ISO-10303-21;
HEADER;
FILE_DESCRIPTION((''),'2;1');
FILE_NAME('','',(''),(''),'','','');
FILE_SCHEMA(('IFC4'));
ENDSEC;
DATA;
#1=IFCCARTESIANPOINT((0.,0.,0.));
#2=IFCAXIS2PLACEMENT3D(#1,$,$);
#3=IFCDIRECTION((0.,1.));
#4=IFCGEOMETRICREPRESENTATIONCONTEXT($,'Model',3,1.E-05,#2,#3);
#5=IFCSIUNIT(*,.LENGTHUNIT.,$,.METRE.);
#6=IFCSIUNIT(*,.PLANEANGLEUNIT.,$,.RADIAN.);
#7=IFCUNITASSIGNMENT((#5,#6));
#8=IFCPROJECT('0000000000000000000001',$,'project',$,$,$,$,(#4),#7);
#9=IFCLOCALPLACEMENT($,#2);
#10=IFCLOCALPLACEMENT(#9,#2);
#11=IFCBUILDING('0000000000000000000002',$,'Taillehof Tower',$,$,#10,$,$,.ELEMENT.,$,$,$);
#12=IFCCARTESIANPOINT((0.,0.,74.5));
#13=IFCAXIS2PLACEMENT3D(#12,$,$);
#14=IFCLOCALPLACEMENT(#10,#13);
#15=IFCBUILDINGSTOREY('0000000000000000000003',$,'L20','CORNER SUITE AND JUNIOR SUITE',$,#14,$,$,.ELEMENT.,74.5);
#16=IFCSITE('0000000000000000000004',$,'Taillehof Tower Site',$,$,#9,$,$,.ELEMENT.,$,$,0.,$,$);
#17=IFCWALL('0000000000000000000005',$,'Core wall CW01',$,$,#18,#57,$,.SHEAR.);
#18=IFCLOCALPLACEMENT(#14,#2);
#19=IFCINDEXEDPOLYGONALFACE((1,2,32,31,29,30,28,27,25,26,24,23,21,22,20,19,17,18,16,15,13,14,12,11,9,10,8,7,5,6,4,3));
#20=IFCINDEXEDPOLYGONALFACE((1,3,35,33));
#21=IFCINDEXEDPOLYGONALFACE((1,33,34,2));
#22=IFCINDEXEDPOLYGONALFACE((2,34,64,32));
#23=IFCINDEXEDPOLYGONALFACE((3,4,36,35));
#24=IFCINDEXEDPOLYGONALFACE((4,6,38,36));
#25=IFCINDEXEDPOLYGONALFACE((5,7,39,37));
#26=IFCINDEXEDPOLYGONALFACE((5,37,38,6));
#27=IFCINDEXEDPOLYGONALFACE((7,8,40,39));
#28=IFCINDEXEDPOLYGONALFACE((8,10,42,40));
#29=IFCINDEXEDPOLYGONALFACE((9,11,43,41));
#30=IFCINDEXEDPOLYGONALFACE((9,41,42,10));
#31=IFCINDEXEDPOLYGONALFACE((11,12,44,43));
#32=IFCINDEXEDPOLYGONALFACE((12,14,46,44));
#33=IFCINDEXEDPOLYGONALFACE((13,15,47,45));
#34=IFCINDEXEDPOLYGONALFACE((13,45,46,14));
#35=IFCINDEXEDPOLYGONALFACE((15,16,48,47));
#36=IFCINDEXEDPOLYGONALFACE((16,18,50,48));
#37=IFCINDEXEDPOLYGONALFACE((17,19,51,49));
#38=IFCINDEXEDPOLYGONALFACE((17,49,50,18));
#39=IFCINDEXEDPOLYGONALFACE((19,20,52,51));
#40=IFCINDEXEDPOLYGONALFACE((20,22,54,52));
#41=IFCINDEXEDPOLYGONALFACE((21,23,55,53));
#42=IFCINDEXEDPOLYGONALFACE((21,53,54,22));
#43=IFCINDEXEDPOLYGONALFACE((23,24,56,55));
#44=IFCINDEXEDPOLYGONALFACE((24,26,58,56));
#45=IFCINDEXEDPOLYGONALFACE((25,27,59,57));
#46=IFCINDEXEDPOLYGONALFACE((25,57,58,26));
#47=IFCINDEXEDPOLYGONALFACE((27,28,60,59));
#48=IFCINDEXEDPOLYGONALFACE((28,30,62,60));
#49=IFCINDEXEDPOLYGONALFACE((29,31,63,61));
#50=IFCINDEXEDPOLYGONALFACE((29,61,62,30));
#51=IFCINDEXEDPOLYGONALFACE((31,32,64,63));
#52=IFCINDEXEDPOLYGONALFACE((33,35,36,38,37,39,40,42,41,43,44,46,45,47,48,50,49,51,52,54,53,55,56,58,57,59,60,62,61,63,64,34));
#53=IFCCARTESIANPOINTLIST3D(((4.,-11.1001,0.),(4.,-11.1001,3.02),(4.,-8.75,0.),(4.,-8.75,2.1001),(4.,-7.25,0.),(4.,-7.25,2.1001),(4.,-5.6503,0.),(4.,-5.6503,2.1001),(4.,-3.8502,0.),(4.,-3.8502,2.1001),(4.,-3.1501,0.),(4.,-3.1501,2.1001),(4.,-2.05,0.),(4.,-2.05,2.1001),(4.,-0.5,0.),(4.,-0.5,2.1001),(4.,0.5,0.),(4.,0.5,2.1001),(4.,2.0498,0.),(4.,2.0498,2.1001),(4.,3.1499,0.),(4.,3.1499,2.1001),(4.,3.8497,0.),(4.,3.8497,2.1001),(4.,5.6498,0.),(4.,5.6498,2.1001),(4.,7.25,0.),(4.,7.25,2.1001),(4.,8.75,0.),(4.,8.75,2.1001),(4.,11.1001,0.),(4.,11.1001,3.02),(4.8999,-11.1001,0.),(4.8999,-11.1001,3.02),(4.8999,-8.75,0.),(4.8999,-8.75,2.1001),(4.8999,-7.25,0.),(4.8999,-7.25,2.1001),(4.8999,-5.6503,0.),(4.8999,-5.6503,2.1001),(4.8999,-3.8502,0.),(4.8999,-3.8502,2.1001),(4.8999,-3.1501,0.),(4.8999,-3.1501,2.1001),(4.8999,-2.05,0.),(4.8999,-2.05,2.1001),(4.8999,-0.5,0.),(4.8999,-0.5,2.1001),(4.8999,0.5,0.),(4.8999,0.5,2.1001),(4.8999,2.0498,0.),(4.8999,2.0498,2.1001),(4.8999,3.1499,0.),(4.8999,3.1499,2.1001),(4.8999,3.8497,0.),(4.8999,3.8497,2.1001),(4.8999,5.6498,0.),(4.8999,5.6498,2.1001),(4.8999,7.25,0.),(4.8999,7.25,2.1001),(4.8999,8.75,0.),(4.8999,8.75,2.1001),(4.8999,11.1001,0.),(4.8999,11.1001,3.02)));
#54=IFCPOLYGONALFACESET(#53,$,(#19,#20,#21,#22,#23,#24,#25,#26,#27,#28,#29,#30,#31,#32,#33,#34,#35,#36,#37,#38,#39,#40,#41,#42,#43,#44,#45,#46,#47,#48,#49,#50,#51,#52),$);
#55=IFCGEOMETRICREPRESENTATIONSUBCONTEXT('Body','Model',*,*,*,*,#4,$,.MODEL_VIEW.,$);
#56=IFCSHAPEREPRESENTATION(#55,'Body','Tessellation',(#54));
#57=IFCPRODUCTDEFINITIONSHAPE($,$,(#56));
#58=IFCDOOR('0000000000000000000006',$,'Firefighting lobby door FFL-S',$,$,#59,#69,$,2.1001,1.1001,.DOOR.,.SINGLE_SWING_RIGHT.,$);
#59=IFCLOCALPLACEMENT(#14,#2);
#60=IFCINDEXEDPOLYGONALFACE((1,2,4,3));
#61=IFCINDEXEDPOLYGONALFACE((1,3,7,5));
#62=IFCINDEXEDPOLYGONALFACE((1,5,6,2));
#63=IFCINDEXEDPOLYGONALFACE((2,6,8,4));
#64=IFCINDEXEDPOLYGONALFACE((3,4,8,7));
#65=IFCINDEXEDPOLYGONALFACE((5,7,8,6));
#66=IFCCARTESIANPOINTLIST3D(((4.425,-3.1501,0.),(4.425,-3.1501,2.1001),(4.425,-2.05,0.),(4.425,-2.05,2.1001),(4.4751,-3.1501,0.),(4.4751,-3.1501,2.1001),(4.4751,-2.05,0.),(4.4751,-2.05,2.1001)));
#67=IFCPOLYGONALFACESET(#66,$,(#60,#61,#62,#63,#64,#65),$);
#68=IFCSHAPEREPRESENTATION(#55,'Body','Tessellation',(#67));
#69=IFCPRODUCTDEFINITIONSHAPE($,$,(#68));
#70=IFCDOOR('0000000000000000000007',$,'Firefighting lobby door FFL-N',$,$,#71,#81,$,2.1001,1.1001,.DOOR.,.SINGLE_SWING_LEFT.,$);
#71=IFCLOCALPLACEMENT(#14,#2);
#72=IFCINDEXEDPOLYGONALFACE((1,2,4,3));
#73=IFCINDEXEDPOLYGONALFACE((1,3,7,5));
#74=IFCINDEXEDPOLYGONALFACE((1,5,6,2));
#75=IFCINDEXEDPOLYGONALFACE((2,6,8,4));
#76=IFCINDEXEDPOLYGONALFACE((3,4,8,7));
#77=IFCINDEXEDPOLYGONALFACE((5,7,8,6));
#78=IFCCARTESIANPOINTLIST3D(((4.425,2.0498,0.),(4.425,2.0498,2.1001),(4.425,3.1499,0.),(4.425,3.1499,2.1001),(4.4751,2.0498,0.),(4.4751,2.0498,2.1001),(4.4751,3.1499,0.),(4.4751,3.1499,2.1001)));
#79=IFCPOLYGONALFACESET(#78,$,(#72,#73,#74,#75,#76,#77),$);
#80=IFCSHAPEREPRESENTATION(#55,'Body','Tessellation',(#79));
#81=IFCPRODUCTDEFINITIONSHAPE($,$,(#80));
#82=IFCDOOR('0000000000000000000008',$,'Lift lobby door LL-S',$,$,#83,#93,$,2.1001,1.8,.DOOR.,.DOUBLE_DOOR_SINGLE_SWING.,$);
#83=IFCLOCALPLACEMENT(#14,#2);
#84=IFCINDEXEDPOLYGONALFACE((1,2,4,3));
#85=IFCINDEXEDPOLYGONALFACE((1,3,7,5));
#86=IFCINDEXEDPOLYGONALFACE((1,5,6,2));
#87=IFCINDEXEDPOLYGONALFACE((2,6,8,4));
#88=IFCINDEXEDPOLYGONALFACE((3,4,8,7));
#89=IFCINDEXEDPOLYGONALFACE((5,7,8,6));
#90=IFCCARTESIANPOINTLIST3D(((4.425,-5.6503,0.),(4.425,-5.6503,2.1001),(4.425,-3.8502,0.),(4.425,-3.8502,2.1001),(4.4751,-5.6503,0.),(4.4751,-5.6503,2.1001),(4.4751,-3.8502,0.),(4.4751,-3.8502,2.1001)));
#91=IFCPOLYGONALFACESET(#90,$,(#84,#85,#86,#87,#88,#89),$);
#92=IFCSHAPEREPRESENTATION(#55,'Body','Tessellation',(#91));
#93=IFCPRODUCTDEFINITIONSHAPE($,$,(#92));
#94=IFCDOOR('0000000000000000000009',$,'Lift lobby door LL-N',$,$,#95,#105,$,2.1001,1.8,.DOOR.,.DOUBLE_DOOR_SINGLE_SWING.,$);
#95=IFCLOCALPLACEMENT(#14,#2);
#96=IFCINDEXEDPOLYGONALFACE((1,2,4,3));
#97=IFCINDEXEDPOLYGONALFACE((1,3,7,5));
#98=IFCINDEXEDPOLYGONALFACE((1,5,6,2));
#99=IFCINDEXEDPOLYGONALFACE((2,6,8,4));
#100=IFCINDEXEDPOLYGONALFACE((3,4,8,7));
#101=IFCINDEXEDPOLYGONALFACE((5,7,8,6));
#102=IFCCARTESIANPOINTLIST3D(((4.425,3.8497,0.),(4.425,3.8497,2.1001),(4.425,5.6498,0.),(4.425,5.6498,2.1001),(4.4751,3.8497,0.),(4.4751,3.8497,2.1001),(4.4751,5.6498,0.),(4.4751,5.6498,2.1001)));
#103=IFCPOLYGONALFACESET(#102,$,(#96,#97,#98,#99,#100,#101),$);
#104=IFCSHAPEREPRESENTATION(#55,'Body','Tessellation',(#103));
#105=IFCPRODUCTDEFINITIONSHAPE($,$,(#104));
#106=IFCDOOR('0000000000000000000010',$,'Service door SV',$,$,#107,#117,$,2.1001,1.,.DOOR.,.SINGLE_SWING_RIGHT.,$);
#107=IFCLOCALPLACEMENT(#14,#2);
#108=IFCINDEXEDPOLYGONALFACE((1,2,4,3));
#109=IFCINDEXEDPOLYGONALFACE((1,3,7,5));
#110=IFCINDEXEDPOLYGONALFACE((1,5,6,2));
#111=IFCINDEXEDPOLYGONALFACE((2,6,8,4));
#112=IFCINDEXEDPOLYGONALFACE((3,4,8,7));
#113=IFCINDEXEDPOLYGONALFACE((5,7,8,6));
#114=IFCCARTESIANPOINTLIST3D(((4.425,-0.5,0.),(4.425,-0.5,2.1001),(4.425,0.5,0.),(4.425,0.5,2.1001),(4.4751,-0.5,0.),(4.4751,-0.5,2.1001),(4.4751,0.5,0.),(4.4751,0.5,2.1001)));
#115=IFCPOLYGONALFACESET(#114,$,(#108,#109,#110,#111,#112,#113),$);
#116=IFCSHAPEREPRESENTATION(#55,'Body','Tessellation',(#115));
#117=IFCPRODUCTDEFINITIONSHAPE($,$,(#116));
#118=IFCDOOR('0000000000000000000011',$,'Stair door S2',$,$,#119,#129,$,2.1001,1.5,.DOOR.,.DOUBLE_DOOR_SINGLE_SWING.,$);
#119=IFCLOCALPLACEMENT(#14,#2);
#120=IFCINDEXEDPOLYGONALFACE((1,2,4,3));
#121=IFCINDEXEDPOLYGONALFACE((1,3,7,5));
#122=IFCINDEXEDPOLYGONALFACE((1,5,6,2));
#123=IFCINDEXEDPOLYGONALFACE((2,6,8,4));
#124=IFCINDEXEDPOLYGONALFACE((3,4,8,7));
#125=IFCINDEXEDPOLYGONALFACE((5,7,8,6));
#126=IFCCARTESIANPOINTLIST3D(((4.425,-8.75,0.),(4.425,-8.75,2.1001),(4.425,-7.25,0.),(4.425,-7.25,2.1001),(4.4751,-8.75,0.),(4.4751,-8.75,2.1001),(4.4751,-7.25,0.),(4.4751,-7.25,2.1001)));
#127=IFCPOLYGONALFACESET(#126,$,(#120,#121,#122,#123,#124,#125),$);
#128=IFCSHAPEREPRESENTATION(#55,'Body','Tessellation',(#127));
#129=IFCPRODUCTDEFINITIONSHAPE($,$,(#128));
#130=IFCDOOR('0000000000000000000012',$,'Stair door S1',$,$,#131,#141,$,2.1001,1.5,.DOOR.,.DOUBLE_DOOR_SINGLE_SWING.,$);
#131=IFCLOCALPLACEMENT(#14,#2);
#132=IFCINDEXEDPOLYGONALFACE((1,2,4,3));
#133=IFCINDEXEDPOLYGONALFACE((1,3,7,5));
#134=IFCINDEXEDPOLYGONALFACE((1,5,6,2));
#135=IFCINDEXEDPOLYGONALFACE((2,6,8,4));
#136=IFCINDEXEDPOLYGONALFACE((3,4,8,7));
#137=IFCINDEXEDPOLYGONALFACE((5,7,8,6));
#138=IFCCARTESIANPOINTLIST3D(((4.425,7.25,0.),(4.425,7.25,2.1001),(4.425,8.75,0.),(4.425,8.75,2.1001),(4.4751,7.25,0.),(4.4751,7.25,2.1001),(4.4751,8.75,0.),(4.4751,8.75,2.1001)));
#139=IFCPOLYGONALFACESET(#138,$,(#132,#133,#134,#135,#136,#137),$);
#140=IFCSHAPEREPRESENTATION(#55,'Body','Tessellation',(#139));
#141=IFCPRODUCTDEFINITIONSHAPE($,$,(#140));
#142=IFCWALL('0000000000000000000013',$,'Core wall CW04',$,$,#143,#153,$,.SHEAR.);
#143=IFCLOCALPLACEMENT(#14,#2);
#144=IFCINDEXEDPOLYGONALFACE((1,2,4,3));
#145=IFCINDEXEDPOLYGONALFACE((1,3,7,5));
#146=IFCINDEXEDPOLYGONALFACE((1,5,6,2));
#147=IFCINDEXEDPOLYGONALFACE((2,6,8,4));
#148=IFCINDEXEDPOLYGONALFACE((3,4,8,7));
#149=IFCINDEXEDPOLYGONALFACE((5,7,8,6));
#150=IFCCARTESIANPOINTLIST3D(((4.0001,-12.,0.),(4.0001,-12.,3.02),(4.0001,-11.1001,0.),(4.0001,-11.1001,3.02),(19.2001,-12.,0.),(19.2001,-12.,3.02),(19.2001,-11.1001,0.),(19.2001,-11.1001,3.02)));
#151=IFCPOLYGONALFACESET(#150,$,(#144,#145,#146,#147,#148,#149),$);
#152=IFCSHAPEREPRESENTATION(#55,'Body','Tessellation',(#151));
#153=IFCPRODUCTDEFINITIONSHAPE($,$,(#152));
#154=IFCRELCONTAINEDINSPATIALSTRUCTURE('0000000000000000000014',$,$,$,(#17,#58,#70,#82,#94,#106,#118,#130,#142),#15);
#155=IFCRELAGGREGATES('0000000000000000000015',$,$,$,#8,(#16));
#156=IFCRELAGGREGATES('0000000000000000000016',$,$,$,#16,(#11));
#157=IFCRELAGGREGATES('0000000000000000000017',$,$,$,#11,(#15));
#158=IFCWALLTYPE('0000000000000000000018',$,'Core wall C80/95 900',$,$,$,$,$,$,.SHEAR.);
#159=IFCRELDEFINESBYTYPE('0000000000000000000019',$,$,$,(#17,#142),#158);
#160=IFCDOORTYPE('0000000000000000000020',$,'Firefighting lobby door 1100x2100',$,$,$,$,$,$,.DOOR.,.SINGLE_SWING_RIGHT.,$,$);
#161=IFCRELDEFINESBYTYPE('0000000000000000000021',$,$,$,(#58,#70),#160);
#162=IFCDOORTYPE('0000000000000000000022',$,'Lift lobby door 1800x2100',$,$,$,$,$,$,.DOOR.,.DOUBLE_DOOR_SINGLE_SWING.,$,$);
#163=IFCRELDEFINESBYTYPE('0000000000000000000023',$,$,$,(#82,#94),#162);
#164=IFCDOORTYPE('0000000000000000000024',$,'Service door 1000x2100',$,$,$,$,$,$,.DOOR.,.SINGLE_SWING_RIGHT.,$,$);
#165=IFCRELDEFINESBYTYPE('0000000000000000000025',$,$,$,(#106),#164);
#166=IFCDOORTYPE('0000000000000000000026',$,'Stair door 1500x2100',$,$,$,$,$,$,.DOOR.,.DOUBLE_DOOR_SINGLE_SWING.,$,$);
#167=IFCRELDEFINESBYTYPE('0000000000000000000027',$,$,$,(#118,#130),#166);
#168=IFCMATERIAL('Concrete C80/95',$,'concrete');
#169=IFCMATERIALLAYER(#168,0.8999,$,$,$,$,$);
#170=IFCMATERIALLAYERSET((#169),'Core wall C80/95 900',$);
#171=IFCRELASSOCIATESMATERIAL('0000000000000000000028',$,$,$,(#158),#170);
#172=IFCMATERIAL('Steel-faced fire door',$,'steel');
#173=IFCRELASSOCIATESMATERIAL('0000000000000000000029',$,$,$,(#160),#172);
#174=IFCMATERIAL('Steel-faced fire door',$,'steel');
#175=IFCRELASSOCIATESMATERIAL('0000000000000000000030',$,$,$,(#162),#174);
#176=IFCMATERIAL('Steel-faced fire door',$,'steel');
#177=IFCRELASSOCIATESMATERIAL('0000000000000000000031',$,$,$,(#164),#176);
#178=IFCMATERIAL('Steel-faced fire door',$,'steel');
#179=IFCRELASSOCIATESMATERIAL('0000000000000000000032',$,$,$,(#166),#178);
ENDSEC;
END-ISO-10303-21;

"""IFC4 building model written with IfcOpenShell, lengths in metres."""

from ifc_helpers import new_model, si_unit, direction, frame, frame_2d, origin, place, context, subcontext, project, spatial, rectangle, extrude, material, layer, layer_set, type_object, element, fill, save


model = new_model("IFC4")

# Units and contexts
model_context = context("Model", 3, precision=1e-05, world=origin(), true_north=direction((0.0, 1.0)))
body_context = subcontext(model_context, "Body", "Model", "MODEL_VIEW")
ifc_project = project(units=[si_unit("LENGTHUNIT", "METRE"), si_unit("PLANEANGLEUNIT", "RADIAN")], contexts=[model_context])

# Site, building, storey
site_placement = place(None, origin())
site = spatial("IfcSite", under=ifc_project, at=site_placement, Name="Taillehof Tower Site", CompositionType="ELEMENT", RefElevation=0.0)
building_placement = place(site_placement, origin())
building = spatial("IfcBuilding", under=site, at=building_placement, Name="Taillehof Tower", CompositionType="ELEMENT")
storey_placement = place(building_placement, frame((0.0, 0.0, 74.5)))
storey = spatial("IfcBuildingStorey", under=building, at=storey_placement, Name="L20", Description="CORNER SUITE AND JUNIOR SUITE", CompositionType="ELEMENT", Elevation=74.5)

# Wall, openings, doors
ifc_material_1 = material(Name="Concrete C80/95", Category="concrete")
ifc_layer_1 = layer(ifc_material_1, 0.8999)
ifc_layer_set_1 = layer_set([ifc_layer_1], Name="Core wall C80/95 900")
wall_type_1 = type_object("IfcWallType", Name="Core wall C80/95 900", PredefinedType="SHEAR", material=ifc_layer_set_1)
wall_1_placement = place(storey_placement, frame((4.45, -11.1001, 0.0), z_axis=(0.0, 0.0, 1.0), x_axis=(0.0, 1.0, 0.0)))
wall_1 = element("IfcWall", 1, at=wall_1_placement, inside=storey, type_object=wall_type_1, Name="Core wall CW01", PredefinedType="SHEAR", context=body_context, shape_type="SweptSolid", body=[
    extrude(rectangle(XDim=22.2002, YDim=0.8999, at=frame_2d((11.1001, 0.0))), origin(), (0.0, 0.0, 1.0), 3.02),
])
opening_1_placement = place(wall_1_placement, frame((2.3501, 0.0, 0.0)))
opening_1 = element("IfcOpeningElement", 2, at=opening_1_placement, cuts=wall_1, PredefinedType="OPENING", context=body_context, shape_type="SweptSolid", body=[
    extrude(rectangle(XDim=1.5, YDim=2.1001, at=frame_2d((0.75, 1.05))), frame((0.0, 0.46, 0.0), z_axis=(0.0, -1.0, 0.0), x_axis=(1.0, 0.0, 0.0)), (0.0, 0.0, 1.0), 0.9199),
])
opening_2_placement = place(wall_1_placement, frame((5.45, 0.0, 0.0)))
opening_2 = element("IfcOpeningElement", 3, at=opening_2_placement, cuts=wall_1, PredefinedType="OPENING", context=body_context, shape_type="SweptSolid", body=[
    extrude(rectangle(XDim=1.8, YDim=2.1001, at=frame_2d((0.8999, 1.05))), frame((0.0, 0.46, 0.0), z_axis=(0.0, -1.0, 0.0), x_axis=(1.0, 0.0, 0.0)), (0.0, 0.0, 1.0), 0.9199),
])
opening_3_placement = place(wall_1_placement, frame((7.95, 0.0, 0.0)))
opening_3 = element("IfcOpeningElement", 4, at=opening_3_placement, cuts=wall_1, PredefinedType="OPENING", context=body_context, shape_type="SweptSolid", body=[
    extrude(rectangle(XDim=1.1001, YDim=2.1001, at=frame_2d((0.55, 1.05))), frame((0.0, 0.46, 0.0), z_axis=(0.0, -1.0, 0.0), x_axis=(1.0, 0.0, 0.0)), (0.0, 0.0, 1.0), 0.9199),
])
opening_4_placement = place(wall_1_placement, frame((10.6001, 0.0, 0.0)))
opening_4 = element("IfcOpeningElement", 5, at=opening_4_placement, cuts=wall_1, PredefinedType="OPENING", context=body_context, shape_type="SweptSolid", body=[
    extrude(rectangle(XDim=1.0, YDim=2.1001, at=frame_2d((0.5, 1.05))), frame((0.0, 0.46, 0.0), z_axis=(0.0, -1.0, 0.0), x_axis=(1.0, 0.0, 0.0)), (0.0, 0.0, 1.0), 0.9199),
])
opening_5_placement = place(wall_1_placement, frame((13.1499, 0.0, 0.0)))
opening_5 = element("IfcOpeningElement", 6, at=opening_5_placement, cuts=wall_1, PredefinedType="OPENING", context=body_context, shape_type="SweptSolid", body=[
    extrude(rectangle(XDim=1.1001, YDim=2.1001, at=frame_2d((0.55, 1.05))), frame((0.0, 0.46, 0.0), z_axis=(0.0, -1.0, 0.0), x_axis=(1.0, 0.0, 0.0)), (0.0, 0.0, 1.0), 0.9199),
])
opening_6_placement = place(wall_1_placement, frame((14.95, 0.0, 0.0)))
opening_6 = element("IfcOpeningElement", 7, at=opening_6_placement, cuts=wall_1, PredefinedType="OPENING", context=body_context, shape_type="SweptSolid", body=[
    extrude(rectangle(XDim=1.8, YDim=2.1001, at=frame_2d((0.8999, 1.05))), frame((0.0, 0.46, 0.0), z_axis=(0.0, -1.0, 0.0), x_axis=(1.0, 0.0, 0.0)), (0.0, 0.0, 1.0), 0.9199),
])
opening_7_placement = place(wall_1_placement, frame((18.3501, 0.0, 0.0)))
opening_7 = element("IfcOpeningElement", 8, at=opening_7_placement, cuts=wall_1, PredefinedType="OPENING", context=body_context, shape_type="SweptSolid", body=[
    extrude(rectangle(XDim=1.5, YDim=2.1001, at=frame_2d((0.75, 1.05))), frame((0.0, 0.46, 0.0), z_axis=(0.0, -1.0, 0.0), x_axis=(1.0, 0.0, 0.0)), (0.0, 0.0, 1.0), 0.9199),
])
ifc_material_2 = material(Name="Steel-faced fire door", Category="steel")
door_type_1 = type_object("IfcDoorType", Name="Firefighting lobby door 1100x2100", OperationType="SINGLE_SWING_RIGHT", PredefinedType="DOOR", material=ifc_material_2)
door_1_placement = place(opening_3_placement, origin())
door_1 = element("IfcDoor", 9, at=door_1_placement, inside=storey, type_object=door_type_1, Name="Firefighting lobby door FFL-S", OperationType="SINGLE_SWING_RIGHT", OverallHeight=2.1001, OverallWidth=1.1001, PredefinedType="DOOR", context=body_context, shape_type="SweptSolid", body=[
    extrude(rectangle(XDim=1.1001, YDim=2.1001, at=frame_2d((0.55, 1.05))), frame((0.0, 0.0249, 0.0), z_axis=(0.0, -1.0, 0.0), x_axis=(1.0, 0.0, 0.0)), (0.0, 0.0, 1.0), 0.05),
])
fill(opening_3, door_1)
door_2_placement = place(opening_5_placement, origin())
door_2 = element("IfcDoor", 10, at=door_2_placement, inside=storey, type_object=door_type_1, Name="Firefighting lobby door FFL-N", OperationType="SINGLE_SWING_LEFT", OverallHeight=2.1001, OverallWidth=1.1001, PredefinedType="DOOR", context=body_context, shape_type="SweptSolid", body=[
    extrude(rectangle(XDim=1.1001, YDim=2.1001, at=frame_2d((0.55, 1.05))), frame((0.0, 0.0249, 0.0), z_axis=(0.0, -1.0, 0.0), x_axis=(1.0, 0.0, 0.0)), (0.0, 0.0, 1.0), 0.05),
])
fill(opening_5, door_2)
ifc_material_3 = material(Name="Steel-faced fire door", Category="steel")
door_type_2 = type_object("IfcDoorType", Name="Lift lobby door 1800x2100", OperationType="DOUBLE_DOOR_SINGLE_SWING", PredefinedType="DOOR", material=ifc_material_3)
door_3_placement = place(opening_2_placement, origin())
door_3 = element("IfcDoor", 11, at=door_3_placement, inside=storey, type_object=door_type_2, Name="Lift lobby door LL-S", OperationType="DOUBLE_DOOR_SINGLE_SWING", OverallHeight=2.1001, OverallWidth=1.8, PredefinedType="DOOR", context=body_context, shape_type="SweptSolid", body=[
    extrude(rectangle(XDim=1.8, YDim=2.1001, at=frame_2d((0.8999, 1.05))), frame((0.0, 0.0249, 0.0), z_axis=(0.0, -1.0, 0.0), x_axis=(1.0, 0.0, 0.0)), (0.0, 0.0, 1.0), 0.05),
])
fill(opening_2, door_3)
door_4_placement = place(opening_6_placement, origin())
door_4 = element("IfcDoor", 12, at=door_4_placement, inside=storey, type_object=door_type_2, Name="Lift lobby door LL-N", OperationType="DOUBLE_DOOR_SINGLE_SWING", OverallHeight=2.1001, OverallWidth=1.8, PredefinedType="DOOR", context=body_context, shape_type="SweptSolid", body=[
    extrude(rectangle(XDim=1.8, YDim=2.1001, at=frame_2d((0.8999, 1.05))), frame((0.0, 0.0249, 0.0), z_axis=(0.0, -1.0, 0.0), x_axis=(1.0, 0.0, 0.0)), (0.0, 0.0, 1.0), 0.05),
])
fill(opening_6, door_4)
ifc_material_4 = material(Name="Steel-faced fire door", Category="steel")
door_type_3 = type_object("IfcDoorType", Name="Service door 1000x2100", OperationType="SINGLE_SWING_RIGHT", PredefinedType="DOOR", material=ifc_material_4)
door_5_placement = place(opening_4_placement, origin())
door_5 = element("IfcDoor", 13, at=door_5_placement, inside=storey, type_object=door_type_3, Name="Service door SV", OperationType="SINGLE_SWING_RIGHT", OverallHeight=2.1001, OverallWidth=1.0, PredefinedType="DOOR", context=body_context, shape_type="SweptSolid", body=[
    extrude(rectangle(XDim=1.0, YDim=2.1001, at=frame_2d((0.5, 1.05))), frame((0.0, 0.0249, 0.0), z_axis=(0.0, -1.0, 0.0), x_axis=(1.0, 0.0, 0.0)), (0.0, 0.0, 1.0), 0.05),
])
fill(opening_4, door_5)
ifc_material_5 = material(Name="Steel-faced fire door", Category="steel")
door_type_4 = type_object("IfcDoorType", Name="Stair door 1500x2100", OperationType="DOUBLE_DOOR_SINGLE_SWING", PredefinedType="DOOR", material=ifc_material_5)
door_6_placement = place(opening_1_placement, origin())
door_6 = element("IfcDoor", 14, at=door_6_placement, inside=storey, type_object=door_type_4, Name="Stair door S2", OperationType="DOUBLE_DOOR_SINGLE_SWING", OverallHeight=2.1001, OverallWidth=1.5, PredefinedType="DOOR", context=body_context, shape_type="SweptSolid", body=[
    extrude(rectangle(XDim=1.5, YDim=2.1001, at=frame_2d((0.75, 1.05))), frame((0.0, 0.0249, 0.0), z_axis=(0.0, -1.0, 0.0), x_axis=(1.0, 0.0, 0.0)), (0.0, 0.0, 1.0), 0.05),
])
fill(opening_1, door_6)
door_7_placement = place(opening_7_placement, origin())
door_7 = element("IfcDoor", 15, at=door_7_placement, inside=storey, type_object=door_type_4, Name="Stair door S1", OperationType="DOUBLE_DOOR_SINGLE_SWING", OverallHeight=2.1001, OverallWidth=1.5, PredefinedType="DOOR", context=body_context, shape_type="SweptSolid", body=[
    extrude(rectangle(XDim=1.5, YDim=2.1001, at=frame_2d((0.75, 1.05))), frame((0.0, 0.0249, 0.0), z_axis=(0.0, -1.0, 0.0), x_axis=(1.0, 0.0, 0.0)), (0.0, 0.0, 1.0), 0.05),
])
fill(opening_7, door_7)

# Wall
wall_2_placement = place(storey_placement, frame((4.0, -11.55, 0.0), z_axis=(0.0, 0.0, 1.0), x_axis=(1.0, 0.0, 0.0)))
element("IfcWall", 16, at=wall_2_placement, inside=storey, type_object=wall_type_1, Name="Core wall CW04", PredefinedType="SHEAR", context=body_context, shape_type="SweptSolid", body=[
    extrude(rectangle(XDim=15.2, YDim=0.8999, at=frame_2d((7.6001, 0.0))), origin(), (0.0, 0.0, 1.0), 3.02),
])

save(model, "model.ifc")
